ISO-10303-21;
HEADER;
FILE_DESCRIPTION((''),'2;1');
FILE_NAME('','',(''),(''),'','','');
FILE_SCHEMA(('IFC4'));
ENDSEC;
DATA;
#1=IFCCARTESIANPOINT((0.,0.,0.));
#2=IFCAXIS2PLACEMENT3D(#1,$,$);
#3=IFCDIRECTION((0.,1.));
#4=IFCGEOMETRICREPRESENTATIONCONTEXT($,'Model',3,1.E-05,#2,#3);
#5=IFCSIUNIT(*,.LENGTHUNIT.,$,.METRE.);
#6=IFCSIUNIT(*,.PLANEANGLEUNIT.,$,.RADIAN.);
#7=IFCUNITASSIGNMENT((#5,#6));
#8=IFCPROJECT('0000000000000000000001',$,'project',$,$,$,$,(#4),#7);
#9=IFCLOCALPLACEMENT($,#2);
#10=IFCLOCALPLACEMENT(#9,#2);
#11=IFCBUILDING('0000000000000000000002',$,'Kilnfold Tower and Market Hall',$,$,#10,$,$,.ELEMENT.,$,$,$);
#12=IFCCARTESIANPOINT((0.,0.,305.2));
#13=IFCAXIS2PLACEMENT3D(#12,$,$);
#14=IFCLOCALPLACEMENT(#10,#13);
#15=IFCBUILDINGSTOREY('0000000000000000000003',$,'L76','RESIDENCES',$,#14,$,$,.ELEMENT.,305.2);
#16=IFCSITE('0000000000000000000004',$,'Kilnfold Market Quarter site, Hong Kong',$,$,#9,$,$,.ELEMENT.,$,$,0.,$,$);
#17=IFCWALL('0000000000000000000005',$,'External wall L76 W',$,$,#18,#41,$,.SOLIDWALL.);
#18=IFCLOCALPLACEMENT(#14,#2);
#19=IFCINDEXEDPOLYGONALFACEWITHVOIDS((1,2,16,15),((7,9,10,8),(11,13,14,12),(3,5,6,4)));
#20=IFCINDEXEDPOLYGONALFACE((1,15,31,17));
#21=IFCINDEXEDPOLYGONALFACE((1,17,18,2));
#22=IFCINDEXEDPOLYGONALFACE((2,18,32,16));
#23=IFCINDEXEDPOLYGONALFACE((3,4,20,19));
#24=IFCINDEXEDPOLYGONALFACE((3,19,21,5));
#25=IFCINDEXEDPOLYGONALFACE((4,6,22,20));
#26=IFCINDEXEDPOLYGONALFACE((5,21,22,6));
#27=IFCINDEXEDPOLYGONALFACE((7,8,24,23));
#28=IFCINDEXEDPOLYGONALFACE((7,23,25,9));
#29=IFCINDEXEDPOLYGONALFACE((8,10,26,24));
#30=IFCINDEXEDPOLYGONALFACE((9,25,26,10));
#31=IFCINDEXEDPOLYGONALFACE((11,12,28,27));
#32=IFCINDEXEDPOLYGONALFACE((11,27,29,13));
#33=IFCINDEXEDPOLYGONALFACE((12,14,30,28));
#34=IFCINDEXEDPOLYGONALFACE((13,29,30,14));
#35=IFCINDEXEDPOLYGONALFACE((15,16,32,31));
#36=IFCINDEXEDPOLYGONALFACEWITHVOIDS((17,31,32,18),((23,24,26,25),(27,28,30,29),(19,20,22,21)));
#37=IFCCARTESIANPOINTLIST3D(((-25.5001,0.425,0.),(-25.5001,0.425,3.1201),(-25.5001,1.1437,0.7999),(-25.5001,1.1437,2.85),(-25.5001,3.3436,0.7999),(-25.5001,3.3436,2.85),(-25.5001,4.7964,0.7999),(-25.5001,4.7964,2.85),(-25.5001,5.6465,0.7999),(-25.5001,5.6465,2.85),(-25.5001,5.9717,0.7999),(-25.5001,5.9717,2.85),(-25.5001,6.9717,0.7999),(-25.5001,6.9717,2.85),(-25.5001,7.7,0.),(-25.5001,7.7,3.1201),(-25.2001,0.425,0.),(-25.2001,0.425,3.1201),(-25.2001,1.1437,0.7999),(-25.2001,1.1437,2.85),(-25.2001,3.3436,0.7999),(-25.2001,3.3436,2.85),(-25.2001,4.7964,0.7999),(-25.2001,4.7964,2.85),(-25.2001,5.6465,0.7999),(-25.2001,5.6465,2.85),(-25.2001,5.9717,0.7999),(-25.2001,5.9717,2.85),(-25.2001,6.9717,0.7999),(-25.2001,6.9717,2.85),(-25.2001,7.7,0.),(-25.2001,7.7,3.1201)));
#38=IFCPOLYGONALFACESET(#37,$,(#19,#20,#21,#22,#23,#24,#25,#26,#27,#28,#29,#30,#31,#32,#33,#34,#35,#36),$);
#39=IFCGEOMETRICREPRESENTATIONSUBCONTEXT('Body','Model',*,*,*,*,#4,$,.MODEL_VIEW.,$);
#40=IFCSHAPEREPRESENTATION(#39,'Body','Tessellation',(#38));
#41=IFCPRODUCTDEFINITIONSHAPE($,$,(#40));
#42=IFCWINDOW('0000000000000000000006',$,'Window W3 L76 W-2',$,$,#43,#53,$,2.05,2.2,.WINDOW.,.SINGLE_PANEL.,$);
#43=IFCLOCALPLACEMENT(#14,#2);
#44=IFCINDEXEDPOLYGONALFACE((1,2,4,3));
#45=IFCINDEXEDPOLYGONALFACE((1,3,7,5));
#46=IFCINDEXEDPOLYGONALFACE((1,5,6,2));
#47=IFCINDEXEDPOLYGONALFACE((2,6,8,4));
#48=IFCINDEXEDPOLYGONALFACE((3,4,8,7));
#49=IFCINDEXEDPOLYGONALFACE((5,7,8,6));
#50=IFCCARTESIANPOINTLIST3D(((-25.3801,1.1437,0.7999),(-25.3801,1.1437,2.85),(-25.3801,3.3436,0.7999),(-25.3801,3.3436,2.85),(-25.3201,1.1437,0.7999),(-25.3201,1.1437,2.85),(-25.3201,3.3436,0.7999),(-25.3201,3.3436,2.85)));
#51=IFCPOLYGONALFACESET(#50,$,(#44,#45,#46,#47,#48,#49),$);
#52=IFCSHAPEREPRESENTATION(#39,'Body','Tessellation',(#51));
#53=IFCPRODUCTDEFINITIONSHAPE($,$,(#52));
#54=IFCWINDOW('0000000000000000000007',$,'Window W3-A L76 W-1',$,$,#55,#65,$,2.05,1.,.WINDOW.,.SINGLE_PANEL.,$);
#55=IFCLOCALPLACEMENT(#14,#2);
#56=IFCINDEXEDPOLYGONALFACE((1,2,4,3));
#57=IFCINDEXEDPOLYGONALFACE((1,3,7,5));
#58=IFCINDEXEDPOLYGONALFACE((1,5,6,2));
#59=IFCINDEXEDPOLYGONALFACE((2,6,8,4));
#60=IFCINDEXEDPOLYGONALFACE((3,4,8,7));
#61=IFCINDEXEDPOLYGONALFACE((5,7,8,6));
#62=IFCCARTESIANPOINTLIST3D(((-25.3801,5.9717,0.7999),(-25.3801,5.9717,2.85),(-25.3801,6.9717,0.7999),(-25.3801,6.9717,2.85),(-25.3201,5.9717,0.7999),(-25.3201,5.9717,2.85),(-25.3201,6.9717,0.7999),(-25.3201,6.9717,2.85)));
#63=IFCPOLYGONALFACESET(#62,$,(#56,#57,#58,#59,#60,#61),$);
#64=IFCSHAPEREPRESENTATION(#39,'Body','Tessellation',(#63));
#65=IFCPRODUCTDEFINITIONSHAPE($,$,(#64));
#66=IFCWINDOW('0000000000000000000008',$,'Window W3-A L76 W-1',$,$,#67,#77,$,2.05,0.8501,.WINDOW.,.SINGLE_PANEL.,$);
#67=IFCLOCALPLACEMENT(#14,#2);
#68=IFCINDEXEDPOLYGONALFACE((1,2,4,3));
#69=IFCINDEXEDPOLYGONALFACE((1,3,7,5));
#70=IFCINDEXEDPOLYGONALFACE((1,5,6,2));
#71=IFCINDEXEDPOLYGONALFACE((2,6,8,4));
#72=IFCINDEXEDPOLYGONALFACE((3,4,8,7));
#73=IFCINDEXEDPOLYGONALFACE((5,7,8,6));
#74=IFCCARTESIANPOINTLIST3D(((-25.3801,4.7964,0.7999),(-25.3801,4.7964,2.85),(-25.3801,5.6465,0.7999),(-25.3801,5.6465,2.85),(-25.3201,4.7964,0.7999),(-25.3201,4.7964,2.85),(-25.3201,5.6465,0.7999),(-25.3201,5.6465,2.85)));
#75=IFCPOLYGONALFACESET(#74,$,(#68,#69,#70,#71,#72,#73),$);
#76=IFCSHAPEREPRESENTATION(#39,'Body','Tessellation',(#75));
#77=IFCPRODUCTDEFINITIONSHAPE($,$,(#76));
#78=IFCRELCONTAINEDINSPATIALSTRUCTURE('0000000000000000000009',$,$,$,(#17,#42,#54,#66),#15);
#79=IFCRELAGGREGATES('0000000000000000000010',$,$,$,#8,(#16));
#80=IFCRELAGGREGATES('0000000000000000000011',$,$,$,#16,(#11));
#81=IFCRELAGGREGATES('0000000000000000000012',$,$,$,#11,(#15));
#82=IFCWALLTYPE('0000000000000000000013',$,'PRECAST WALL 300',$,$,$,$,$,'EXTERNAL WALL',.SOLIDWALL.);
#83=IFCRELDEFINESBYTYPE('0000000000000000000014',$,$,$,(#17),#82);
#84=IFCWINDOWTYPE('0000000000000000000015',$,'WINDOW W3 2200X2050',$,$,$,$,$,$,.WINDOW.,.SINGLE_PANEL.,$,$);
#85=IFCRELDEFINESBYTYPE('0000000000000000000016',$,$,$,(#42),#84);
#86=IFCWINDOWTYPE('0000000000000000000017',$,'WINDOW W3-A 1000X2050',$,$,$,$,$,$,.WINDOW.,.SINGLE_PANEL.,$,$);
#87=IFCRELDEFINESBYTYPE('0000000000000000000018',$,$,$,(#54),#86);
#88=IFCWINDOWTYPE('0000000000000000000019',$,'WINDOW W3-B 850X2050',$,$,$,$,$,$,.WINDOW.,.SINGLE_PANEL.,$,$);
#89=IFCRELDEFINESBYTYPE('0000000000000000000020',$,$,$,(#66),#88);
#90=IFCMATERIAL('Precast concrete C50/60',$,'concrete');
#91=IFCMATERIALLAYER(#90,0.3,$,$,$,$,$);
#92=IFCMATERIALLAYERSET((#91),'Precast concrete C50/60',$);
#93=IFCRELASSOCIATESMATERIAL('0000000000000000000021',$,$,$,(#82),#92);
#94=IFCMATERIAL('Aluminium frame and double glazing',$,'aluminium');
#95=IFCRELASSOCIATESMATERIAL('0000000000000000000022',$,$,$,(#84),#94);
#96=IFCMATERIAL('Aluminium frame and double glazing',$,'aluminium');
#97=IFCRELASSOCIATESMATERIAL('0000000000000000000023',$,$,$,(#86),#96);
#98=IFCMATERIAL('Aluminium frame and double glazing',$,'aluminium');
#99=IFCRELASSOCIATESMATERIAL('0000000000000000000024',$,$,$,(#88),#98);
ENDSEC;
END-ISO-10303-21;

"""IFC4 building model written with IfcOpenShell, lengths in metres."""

from ifc_helpers import new_model, si_unit, direction, frame, frame_2d, origin, place, context, subcontext, project, spatial, rectangle, extrude, source, transform, mapped, material, layer, layer_set, type_object, element, fill, save


model = new_model("IFC4")

# Units and contexts
model_context = context("Model", 3, precision=1e-05, world=origin(), true_north=direction((0.0, 1.0)))
body_context = subcontext(model_context, "Body", "Model", "MODEL_VIEW")
ifc_project = project(units=[si_unit("LENGTHUNIT", "METRE"), si_unit("PLANEANGLEUNIT", "RADIAN")], contexts=[model_context])

# Site, building, storey
site_placement = place(None, origin())
site = spatial("IfcSite", under=ifc_project, at=site_placement, Name="Kilnfold Market Quarter site, Hong Kong", CompositionType="ELEMENT", RefElevation=0.0)
building_placement = place(site_placement, origin())
building = spatial("IfcBuilding", under=site, at=building_placement, Name="Kilnfold Tower and Market Hall", CompositionType="ELEMENT")
storey_placement = place(building_placement, frame((0.0, 0.0, 305.2)))
storey = spatial("IfcBuildingStorey", under=building, at=storey_placement, Name="L76", Description="RESIDENCES", CompositionType="ELEMENT", Elevation=305.2)

# Wall, openings, windows
ifc_material_1 = material(Name="Precast concrete C50/60", Category="concrete")
ifc_layer_1 = layer(ifc_material_1, 0.3)
ifc_layer_set_1 = layer_set([ifc_layer_1], Name="Precast concrete C50/60")
wall_type_1 = type_object("IfcWallType", Name="PRECAST WALL 300", ElementType="EXTERNAL WALL", PredefinedType="SOLIDWALL", material=ifc_layer_set_1)
shared_shape_1 = source(origin(), body_context, "Body", "SweptSolid", [
    extrude(rectangle(XDim=7.2749, YDim=0.3, at=frame_2d((3.6375, 0.0))), origin(), (0.0, 0.0, 1.0), 3.1201),
])
wall_1_placement = place(storey_placement, frame((-25.3501, 7.7, 0.0), z_axis=(0.0, 0.0, 1.0), x_axis=(0.0, -1.0, 0.0)))
wall_1 = element("IfcWall", 1, at=wall_1_placement, inside=storey, type_object=wall_type_1, Name="External wall L76 W", PredefinedType="SOLIDWALL", context=body_context, shape_type="MappedRepresentation", body=[
    mapped(shared_shape_1, transform((0.0, 0.0, 0.0))),
])
opening_1_placement = place(wall_1_placement, frame((0.7283, 0.0, 0.8)))
opening_1 = element("IfcOpeningElement", 2, at=opening_1_placement, cuts=wall_1, PredefinedType="OPENING", context=body_context, shape_type="SweptSolid", body=[
    extrude(rectangle(XDim=1.0, YDim=2.05, at=frame_2d((0.5, 1.0249))), frame((0.0, 0.1602, 0.0), z_axis=(0.0, -1.0, 0.0), x_axis=(1.0, 0.0, 0.0)), (0.0, 0.0, 1.0), 0.3201),
])
opening_2_placement = place(wall_1_placement, frame((4.3562, 0.0, 0.8)))
opening_2 = element("IfcOpeningElement", 3, at=opening_2_placement, cuts=wall_1, PredefinedType="OPENING", context=body_context, shape_type="SweptSolid", body=[
    extrude(rectangle(XDim=2.2, YDim=2.05, at=frame_2d((1.1001, 1.0249))), frame((0.0, 0.1602, 0.0), z_axis=(0.0, -1.0, 0.0), x_axis=(1.0, 0.0, 0.0)), (0.0, 0.0, 1.0), 0.3201),
])
opening_3_placement = place(wall_1_placement, frame((2.0535, 0.0, 0.8)))
opening_3 = element("IfcOpeningElement", 4, at=opening_3_placement, cuts=wall_1, PredefinedType="OPENING", context=body_context, shape_type="SweptSolid", body=[
    extrude(rectangle(XDim=0.8501, YDim=2.05, at=frame_2d((0.425, 1.0249))), frame((0.0, 0.1602, 0.0), z_axis=(0.0, -1.0, 0.0), x_axis=(1.0, 0.0, 0.0)), (0.0, 0.0, 1.0), 0.3201),
])
ifc_material_2 = material(Name="Aluminium frame and double glazing", Category="aluminium")
window_type_1 = type_object("IfcWindowType", Name="WINDOW W3 2200X2050", PartitioningType="SINGLE_PANEL", PredefinedType="WINDOW", material=ifc_material_2)
window_1_placement = place(opening_2_placement, origin())
window_1 = element("IfcWindow", 5, at=window_1_placement, inside=storey, type_object=window_type_1, Name="Window W3 L76 W-2", OverallHeight=2.05, OverallWidth=2.2, PartitioningType="SINGLE_PANEL", PredefinedType="WINDOW", context=body_context, shape_type="SweptSolid", body=[
    extrude(rectangle(XDim=2.2, YDim=2.05, at=frame_2d((1.1001, 1.0249))), frame((0.0, 0.03, 0.0), z_axis=(0.0, -1.0, 0.0), x_axis=(1.0, 0.0, 0.0)), (0.0, 0.0, 1.0), 0.0601),
])
fill(opening_2, window_1)
ifc_material_3 = material(Name="Aluminium frame and double glazing", Category="aluminium")
window_type_2 = type_object("IfcWindowType", Name="WINDOW W3-A 1000X2050", PartitioningType="SINGLE_PANEL", PredefinedType="WINDOW", material=ifc_material_3)
window_2_placement = place(opening_1_placement, origin())
window_2 = element("IfcWindow", 6, at=window_2_placement, inside=storey, type_object=window_type_2, Name="Window W3-A L76 W-1", OverallHeight=2.05, OverallWidth=1.0, PartitioningType="SINGLE_PANEL", PredefinedType="WINDOW", context=body_context, shape_type="SweptSolid", body=[
    extrude(rectangle(XDim=1.0, YDim=2.05, at=frame_2d((0.5, 1.0249))), frame((0.0, 0.03, 0.0), z_axis=(0.0, -1.0, 0.0), x_axis=(1.0, 0.0, 0.0)), (0.0, 0.0, 1.0), 0.0601),
])
fill(opening_1, window_2)
ifc_material_4 = material(Name="Aluminium frame and double glazing", Category="aluminium")
window_type_3 = type_object("IfcWindowType", Name="WINDOW W3-B 850X2050", PartitioningType="SINGLE_PANEL", PredefinedType="WINDOW", material=ifc_material_4)
window_3_placement = place(opening_3_placement, origin())
window_3 = element("IfcWindow", 7, at=window_3_placement, inside=storey, type_object=window_type_3, Name="Window W3-A L76 W-1", OverallHeight=2.05, OverallWidth=0.8501, PartitioningType="SINGLE_PANEL", PredefinedType="WINDOW", context=body_context, shape_type="SweptSolid", body=[
    extrude(rectangle(XDim=0.8501, YDim=2.05, at=frame_2d((0.425, 1.0249))), frame((0.0, 0.03, 0.0), z_axis=(0.0, -1.0, 0.0), x_axis=(1.0, 0.0, 0.0)), (0.0, 0.0, 1.0), 0.0601),
])
fill(opening_3, window_3)

save(model, "model.ifc")
